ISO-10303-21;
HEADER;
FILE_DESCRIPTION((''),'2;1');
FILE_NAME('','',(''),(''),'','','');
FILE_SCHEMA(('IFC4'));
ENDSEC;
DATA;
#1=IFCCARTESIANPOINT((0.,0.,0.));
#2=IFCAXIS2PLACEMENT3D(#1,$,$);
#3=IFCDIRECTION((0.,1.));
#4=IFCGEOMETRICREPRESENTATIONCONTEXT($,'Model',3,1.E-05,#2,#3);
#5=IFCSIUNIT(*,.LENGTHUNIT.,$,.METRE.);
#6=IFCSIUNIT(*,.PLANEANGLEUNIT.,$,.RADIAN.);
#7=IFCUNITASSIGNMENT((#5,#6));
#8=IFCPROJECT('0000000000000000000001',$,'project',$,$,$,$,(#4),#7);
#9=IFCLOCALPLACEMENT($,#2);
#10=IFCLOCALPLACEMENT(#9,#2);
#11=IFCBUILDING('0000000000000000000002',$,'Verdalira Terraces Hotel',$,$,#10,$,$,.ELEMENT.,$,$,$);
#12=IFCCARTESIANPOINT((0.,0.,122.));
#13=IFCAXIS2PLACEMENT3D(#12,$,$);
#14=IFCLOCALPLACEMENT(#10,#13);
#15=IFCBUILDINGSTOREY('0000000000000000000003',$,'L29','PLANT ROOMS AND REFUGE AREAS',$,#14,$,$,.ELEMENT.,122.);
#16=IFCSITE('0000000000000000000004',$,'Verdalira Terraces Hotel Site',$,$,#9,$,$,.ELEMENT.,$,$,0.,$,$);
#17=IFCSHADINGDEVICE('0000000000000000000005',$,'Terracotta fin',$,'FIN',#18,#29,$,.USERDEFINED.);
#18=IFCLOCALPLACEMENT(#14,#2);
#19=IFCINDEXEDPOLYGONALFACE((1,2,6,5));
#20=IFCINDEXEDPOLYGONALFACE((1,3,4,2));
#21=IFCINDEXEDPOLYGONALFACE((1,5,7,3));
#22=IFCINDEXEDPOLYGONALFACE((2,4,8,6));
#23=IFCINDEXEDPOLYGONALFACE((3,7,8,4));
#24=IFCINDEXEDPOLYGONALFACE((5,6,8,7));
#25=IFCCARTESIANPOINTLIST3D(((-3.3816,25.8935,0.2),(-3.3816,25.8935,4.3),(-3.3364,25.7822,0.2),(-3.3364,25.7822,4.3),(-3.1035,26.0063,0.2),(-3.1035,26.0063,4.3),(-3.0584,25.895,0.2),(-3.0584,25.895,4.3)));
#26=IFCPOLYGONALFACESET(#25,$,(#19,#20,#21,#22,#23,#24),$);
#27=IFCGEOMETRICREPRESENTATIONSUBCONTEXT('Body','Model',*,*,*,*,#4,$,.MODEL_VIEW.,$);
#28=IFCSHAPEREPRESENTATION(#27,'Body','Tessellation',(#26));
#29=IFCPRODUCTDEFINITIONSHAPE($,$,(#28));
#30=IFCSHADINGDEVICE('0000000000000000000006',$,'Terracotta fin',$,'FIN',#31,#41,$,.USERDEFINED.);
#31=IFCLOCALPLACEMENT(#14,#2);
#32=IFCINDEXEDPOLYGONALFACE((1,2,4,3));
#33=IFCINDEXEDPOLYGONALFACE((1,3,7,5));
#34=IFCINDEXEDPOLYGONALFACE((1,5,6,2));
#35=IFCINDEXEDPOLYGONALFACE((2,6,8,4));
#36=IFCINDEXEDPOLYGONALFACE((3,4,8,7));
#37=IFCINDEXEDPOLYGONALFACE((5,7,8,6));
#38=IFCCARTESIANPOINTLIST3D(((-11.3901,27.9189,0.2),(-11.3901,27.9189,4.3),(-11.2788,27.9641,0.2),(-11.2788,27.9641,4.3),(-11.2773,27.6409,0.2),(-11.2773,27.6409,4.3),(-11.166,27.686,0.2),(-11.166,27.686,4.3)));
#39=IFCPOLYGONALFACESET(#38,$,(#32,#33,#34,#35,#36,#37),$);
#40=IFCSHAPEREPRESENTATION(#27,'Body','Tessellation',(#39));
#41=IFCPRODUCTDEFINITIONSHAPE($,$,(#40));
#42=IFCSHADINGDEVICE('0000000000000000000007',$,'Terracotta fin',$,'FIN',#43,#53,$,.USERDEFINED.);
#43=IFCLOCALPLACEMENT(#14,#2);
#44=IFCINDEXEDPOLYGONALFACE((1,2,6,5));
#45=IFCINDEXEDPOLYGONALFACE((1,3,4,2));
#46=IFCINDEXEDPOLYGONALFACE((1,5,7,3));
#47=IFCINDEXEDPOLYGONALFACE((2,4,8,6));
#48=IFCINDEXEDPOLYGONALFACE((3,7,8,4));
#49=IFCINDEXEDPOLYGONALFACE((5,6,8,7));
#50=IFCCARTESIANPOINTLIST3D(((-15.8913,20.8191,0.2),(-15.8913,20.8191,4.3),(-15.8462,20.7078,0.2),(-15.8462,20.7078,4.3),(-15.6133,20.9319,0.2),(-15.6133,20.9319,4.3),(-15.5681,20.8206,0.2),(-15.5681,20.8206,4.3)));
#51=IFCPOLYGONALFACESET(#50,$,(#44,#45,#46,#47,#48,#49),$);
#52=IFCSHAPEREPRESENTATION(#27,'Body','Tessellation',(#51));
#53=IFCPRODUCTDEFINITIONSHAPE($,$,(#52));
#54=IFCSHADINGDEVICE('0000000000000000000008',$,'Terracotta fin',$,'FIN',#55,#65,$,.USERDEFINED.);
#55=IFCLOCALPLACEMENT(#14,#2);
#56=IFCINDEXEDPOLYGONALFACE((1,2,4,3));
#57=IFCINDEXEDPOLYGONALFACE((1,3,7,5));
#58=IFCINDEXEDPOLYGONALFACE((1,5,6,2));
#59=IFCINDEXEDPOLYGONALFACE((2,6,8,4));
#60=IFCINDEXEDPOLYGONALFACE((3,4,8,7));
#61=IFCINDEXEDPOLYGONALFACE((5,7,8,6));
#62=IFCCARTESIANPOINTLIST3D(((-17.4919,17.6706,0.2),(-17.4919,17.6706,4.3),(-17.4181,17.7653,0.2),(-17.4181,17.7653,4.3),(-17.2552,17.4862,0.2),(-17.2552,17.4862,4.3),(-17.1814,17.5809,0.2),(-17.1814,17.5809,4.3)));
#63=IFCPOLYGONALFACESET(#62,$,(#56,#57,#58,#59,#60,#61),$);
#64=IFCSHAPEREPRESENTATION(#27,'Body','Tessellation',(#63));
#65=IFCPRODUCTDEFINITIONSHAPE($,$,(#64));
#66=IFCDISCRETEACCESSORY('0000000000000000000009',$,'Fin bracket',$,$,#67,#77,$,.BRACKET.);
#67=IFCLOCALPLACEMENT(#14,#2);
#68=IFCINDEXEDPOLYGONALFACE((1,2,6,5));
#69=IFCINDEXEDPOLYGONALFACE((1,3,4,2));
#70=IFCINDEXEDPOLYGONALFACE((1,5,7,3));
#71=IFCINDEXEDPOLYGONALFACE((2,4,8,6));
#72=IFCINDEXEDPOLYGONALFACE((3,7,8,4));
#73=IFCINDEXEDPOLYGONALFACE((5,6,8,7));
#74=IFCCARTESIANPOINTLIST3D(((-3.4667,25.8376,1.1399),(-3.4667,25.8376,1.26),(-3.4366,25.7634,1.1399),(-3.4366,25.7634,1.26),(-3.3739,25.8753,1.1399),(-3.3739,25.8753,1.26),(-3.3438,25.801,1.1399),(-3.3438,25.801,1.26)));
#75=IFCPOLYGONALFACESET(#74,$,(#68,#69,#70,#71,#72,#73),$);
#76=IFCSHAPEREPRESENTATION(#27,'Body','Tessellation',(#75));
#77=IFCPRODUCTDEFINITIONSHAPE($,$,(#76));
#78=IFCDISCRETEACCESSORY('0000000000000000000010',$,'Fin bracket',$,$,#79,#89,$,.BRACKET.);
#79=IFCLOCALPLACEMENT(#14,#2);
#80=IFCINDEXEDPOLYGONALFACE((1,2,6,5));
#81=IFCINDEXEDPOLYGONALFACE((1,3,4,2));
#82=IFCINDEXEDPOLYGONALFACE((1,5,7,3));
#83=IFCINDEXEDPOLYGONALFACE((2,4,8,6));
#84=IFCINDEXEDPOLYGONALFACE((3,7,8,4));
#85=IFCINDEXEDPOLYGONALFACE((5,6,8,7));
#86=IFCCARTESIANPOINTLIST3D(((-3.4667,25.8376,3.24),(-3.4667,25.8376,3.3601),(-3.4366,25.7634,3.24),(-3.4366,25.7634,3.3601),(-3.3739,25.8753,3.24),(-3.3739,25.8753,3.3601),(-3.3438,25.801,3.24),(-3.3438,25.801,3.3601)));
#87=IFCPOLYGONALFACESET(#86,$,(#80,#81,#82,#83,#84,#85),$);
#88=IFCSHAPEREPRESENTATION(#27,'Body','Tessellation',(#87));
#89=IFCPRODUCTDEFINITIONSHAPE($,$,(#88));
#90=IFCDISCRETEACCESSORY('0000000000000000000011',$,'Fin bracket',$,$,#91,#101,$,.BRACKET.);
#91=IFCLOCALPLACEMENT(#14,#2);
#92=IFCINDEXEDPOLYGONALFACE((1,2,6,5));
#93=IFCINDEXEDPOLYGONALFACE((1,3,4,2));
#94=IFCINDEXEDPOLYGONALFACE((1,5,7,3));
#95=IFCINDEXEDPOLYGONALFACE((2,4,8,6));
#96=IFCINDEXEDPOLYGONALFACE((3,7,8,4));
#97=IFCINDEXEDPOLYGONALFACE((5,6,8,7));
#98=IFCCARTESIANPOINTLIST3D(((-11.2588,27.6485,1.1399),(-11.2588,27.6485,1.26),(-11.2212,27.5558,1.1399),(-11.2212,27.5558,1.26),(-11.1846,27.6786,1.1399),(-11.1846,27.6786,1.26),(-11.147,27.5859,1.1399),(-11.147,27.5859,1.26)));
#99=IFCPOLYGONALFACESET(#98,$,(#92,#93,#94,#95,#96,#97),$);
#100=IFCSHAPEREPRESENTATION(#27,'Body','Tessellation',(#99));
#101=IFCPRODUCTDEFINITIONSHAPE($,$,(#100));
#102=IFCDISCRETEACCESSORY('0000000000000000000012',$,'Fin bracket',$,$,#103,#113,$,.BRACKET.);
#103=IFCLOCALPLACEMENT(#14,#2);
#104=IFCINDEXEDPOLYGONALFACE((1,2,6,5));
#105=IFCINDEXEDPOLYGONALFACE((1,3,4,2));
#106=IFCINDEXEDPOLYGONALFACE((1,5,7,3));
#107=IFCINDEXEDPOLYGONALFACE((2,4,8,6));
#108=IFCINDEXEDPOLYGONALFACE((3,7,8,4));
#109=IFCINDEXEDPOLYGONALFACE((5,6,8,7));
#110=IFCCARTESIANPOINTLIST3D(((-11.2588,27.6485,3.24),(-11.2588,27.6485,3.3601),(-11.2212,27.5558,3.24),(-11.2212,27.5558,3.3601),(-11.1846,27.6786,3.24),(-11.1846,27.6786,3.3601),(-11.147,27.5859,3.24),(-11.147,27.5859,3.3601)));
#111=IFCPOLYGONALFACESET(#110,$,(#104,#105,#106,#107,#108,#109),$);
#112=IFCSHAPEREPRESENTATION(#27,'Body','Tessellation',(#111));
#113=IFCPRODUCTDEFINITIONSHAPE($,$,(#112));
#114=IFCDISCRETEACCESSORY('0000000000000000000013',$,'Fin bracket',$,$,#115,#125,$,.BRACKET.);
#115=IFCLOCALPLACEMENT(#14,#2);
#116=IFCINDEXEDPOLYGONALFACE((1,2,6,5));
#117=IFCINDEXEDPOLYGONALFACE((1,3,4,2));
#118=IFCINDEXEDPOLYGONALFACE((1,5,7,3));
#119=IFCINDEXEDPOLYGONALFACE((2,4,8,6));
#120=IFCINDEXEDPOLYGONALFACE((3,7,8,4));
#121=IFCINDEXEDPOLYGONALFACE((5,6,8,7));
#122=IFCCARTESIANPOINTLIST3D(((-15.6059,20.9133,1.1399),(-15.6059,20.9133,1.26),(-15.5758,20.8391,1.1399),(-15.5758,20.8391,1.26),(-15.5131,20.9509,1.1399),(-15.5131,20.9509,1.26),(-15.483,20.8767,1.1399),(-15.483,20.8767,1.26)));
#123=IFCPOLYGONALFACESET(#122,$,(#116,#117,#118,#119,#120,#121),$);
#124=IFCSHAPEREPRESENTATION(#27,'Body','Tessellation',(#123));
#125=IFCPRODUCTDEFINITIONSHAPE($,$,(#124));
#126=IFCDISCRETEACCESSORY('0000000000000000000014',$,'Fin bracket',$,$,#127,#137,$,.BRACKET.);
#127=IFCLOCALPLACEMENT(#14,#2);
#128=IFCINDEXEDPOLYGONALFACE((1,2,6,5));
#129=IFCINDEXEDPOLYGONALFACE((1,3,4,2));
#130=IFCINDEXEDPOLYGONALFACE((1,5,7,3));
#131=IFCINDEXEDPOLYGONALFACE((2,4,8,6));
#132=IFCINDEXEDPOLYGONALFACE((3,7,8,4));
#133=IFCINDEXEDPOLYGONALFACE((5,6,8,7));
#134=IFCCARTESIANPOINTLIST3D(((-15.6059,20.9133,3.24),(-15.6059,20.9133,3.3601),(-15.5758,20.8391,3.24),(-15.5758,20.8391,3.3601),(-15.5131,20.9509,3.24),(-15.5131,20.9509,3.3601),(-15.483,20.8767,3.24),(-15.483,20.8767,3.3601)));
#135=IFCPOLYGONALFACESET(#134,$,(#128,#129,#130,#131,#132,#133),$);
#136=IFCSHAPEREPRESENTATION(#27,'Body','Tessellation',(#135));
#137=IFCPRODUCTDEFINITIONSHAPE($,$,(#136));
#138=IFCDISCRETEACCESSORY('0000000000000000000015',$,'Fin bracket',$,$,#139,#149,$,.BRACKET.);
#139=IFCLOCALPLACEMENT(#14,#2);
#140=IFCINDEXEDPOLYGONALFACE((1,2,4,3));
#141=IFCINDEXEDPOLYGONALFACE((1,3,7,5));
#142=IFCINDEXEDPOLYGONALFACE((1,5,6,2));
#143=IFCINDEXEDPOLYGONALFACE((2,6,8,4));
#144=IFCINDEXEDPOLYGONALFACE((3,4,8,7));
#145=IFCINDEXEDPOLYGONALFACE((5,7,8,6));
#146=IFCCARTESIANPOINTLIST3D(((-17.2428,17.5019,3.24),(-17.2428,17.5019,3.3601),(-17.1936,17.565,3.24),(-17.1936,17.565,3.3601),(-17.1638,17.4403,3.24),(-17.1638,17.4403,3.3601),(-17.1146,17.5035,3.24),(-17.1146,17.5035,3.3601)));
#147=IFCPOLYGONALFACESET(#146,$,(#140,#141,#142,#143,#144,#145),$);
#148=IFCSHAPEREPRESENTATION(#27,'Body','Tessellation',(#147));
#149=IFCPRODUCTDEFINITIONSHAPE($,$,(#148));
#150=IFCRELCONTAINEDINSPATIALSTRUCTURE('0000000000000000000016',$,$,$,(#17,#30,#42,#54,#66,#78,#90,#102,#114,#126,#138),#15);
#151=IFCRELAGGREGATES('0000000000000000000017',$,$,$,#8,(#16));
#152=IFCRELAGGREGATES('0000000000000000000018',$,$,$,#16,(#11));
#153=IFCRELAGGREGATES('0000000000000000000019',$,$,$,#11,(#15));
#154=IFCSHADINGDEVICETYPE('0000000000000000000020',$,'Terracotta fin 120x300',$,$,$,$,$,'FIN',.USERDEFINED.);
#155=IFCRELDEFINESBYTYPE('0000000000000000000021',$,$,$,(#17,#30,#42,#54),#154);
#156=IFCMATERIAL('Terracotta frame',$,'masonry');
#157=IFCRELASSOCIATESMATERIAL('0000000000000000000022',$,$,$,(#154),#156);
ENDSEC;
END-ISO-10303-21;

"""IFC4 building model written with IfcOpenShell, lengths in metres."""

from ifc_helpers import new_model, si_unit, direction, frame, origin, origin_2d, place, context, subcontext, project, spatial, rectangle, extrude, material, material_profile, profile_set, type_object, element, save


model = new_model("IFC4")

# Units and contexts
model_context = context("Model", 3, precision=1e-05, world=origin(), true_north=direction((0.0, 1.0)))
body_context = subcontext(model_context, "Body", "Model", "MODEL_VIEW")
ifc_project = project(units=[si_unit("LENGTHUNIT", "METRE"), si_unit("PLANEANGLEUNIT", "RADIAN")], contexts=[model_context])

# Site, building, storey
site_placement = place(None, origin())
site = spatial("IfcSite", under=ifc_project, at=site_placement, Name="Verdalira Terraces Hotel Site", CompositionType="ELEMENT", RefElevation=0.0)
building_placement = place(site_placement, origin())
building = spatial("IfcBuilding", under=site, at=building_placement, Name="Verdalira Terraces Hotel", CompositionType="ELEMENT")
storey_placement = place(building_placement, frame((0.0, 0.0, 122.0)))
storey = spatial("IfcBuildingStorey", under=building, at=storey_placement, Name="L29", Description="PLANT ROOMS AND REFUGE AREAS", CompositionType="ELEMENT", Elevation=122.0)

# Shading devices
ifc_material_1 = material(Name="Terracotta frame", Category="masonry")
ifc_material_profile_1 = material_profile(ifc_material_1, rectangle(XDim=0.1201, YDim=0.3, at=origin_2d()), Name="FIN 120x300")
ifc_profile_set_1 = profile_set([ifc_material_profile_1], Name="Terracotta frame")
shading_device_type = type_object("IfcShadingDeviceType", Name="Terracotta fin 120x300", ElementType="FIN", PredefinedType="USERDEFINED", material=ifc_profile_set_1)
for number, where, z_axis, x_axis, name in (
    (1, (-3.22, 25.8943, 0.2), (0.0, 0.0, 1.0), (-0.375901, 0.92666, 0.0), "Terracotta fin"),
    (2, (-11.2781, 27.8025, 0.2), (0.0, 0.0, 1.0), (-0.92666, -0.375901, 0.0), "Terracotta fin"),
    (3, (-15.7297, 20.8198, 0.2), (0.0, 0.0, 1.0), (0.375901, -0.92666, 0.0), "Terracotta fin"),
    (4, (-17.3367, 17.6257, 0.2), (0.0, 0.0, 1.0), (-0.614561, -0.78887, 0.0), "Terracotta fin"),
):
    element("IfcShadingDevice", number, at=place(storey_placement, frame(where, z_axis=z_axis, x_axis=x_axis)), inside=storey, type_object=shading_device_type, Name=name, ObjectType="FIN", PredefinedType="USERDEFINED", context=body_context, shape_type="SweptSolid", body=[
        extrude(rectangle(XDim=0.1201, YDim=0.3, at=origin_2d()), origin(), (0.0, 0.0, 1.0), 4.1001),
    ])

# Discrete accessories
for number, where, z_axis, x_axis, name in (
    (5, (-3.4053, 25.8193, 1.1399), (0.0, 0.0, 1.0), (-0.375901, 0.92666, 0.0), "Fin bracket"),
    (6, (-3.4053, 25.8193, 3.24), (0.0, 0.0, 1.0), (-0.375901, 0.92666, 0.0), "Fin bracket"),
    (7, (-11.2029, 27.6172, 1.1399), (0.0, 0.0, 1.0), (-0.92666, -0.375901, 0.0), "Fin bracket"),
    (8, (-11.2029, 27.6172, 3.24), (0.0, 0.0, 1.0), (-0.92666, -0.375901, 0.0), "Fin bracket"),
    (9, (-15.5444, 20.895, 1.1399), (0.0, 0.0, 1.0), (0.375901, -0.92666, 0.0), "Fin bracket"),
    (10, (-15.5444, 20.895, 3.24), (0.0, 0.0, 1.0), (0.375901, -0.92666, 0.0), "Fin bracket"),
    (11, (-17.1787, 17.5027, 3.24), (0.0, 0.0, 1.0), (-0.614561, -0.78887, 0.0), "Fin bracket"),
):
    element("IfcDiscreteAccessory", number, at=place(storey_placement, frame(where, z_axis=z_axis, x_axis=x_axis)), inside=storey, Name=name, PredefinedType="BRACKET", context=body_context, shape_type="SweptSolid", body=[
        extrude(rectangle(XDim=0.0801, YDim=0.1001, at=origin_2d()), origin(), (0.0, 0.0, 1.0), 0.1201),
    ])

save(model, "model.ifc")
